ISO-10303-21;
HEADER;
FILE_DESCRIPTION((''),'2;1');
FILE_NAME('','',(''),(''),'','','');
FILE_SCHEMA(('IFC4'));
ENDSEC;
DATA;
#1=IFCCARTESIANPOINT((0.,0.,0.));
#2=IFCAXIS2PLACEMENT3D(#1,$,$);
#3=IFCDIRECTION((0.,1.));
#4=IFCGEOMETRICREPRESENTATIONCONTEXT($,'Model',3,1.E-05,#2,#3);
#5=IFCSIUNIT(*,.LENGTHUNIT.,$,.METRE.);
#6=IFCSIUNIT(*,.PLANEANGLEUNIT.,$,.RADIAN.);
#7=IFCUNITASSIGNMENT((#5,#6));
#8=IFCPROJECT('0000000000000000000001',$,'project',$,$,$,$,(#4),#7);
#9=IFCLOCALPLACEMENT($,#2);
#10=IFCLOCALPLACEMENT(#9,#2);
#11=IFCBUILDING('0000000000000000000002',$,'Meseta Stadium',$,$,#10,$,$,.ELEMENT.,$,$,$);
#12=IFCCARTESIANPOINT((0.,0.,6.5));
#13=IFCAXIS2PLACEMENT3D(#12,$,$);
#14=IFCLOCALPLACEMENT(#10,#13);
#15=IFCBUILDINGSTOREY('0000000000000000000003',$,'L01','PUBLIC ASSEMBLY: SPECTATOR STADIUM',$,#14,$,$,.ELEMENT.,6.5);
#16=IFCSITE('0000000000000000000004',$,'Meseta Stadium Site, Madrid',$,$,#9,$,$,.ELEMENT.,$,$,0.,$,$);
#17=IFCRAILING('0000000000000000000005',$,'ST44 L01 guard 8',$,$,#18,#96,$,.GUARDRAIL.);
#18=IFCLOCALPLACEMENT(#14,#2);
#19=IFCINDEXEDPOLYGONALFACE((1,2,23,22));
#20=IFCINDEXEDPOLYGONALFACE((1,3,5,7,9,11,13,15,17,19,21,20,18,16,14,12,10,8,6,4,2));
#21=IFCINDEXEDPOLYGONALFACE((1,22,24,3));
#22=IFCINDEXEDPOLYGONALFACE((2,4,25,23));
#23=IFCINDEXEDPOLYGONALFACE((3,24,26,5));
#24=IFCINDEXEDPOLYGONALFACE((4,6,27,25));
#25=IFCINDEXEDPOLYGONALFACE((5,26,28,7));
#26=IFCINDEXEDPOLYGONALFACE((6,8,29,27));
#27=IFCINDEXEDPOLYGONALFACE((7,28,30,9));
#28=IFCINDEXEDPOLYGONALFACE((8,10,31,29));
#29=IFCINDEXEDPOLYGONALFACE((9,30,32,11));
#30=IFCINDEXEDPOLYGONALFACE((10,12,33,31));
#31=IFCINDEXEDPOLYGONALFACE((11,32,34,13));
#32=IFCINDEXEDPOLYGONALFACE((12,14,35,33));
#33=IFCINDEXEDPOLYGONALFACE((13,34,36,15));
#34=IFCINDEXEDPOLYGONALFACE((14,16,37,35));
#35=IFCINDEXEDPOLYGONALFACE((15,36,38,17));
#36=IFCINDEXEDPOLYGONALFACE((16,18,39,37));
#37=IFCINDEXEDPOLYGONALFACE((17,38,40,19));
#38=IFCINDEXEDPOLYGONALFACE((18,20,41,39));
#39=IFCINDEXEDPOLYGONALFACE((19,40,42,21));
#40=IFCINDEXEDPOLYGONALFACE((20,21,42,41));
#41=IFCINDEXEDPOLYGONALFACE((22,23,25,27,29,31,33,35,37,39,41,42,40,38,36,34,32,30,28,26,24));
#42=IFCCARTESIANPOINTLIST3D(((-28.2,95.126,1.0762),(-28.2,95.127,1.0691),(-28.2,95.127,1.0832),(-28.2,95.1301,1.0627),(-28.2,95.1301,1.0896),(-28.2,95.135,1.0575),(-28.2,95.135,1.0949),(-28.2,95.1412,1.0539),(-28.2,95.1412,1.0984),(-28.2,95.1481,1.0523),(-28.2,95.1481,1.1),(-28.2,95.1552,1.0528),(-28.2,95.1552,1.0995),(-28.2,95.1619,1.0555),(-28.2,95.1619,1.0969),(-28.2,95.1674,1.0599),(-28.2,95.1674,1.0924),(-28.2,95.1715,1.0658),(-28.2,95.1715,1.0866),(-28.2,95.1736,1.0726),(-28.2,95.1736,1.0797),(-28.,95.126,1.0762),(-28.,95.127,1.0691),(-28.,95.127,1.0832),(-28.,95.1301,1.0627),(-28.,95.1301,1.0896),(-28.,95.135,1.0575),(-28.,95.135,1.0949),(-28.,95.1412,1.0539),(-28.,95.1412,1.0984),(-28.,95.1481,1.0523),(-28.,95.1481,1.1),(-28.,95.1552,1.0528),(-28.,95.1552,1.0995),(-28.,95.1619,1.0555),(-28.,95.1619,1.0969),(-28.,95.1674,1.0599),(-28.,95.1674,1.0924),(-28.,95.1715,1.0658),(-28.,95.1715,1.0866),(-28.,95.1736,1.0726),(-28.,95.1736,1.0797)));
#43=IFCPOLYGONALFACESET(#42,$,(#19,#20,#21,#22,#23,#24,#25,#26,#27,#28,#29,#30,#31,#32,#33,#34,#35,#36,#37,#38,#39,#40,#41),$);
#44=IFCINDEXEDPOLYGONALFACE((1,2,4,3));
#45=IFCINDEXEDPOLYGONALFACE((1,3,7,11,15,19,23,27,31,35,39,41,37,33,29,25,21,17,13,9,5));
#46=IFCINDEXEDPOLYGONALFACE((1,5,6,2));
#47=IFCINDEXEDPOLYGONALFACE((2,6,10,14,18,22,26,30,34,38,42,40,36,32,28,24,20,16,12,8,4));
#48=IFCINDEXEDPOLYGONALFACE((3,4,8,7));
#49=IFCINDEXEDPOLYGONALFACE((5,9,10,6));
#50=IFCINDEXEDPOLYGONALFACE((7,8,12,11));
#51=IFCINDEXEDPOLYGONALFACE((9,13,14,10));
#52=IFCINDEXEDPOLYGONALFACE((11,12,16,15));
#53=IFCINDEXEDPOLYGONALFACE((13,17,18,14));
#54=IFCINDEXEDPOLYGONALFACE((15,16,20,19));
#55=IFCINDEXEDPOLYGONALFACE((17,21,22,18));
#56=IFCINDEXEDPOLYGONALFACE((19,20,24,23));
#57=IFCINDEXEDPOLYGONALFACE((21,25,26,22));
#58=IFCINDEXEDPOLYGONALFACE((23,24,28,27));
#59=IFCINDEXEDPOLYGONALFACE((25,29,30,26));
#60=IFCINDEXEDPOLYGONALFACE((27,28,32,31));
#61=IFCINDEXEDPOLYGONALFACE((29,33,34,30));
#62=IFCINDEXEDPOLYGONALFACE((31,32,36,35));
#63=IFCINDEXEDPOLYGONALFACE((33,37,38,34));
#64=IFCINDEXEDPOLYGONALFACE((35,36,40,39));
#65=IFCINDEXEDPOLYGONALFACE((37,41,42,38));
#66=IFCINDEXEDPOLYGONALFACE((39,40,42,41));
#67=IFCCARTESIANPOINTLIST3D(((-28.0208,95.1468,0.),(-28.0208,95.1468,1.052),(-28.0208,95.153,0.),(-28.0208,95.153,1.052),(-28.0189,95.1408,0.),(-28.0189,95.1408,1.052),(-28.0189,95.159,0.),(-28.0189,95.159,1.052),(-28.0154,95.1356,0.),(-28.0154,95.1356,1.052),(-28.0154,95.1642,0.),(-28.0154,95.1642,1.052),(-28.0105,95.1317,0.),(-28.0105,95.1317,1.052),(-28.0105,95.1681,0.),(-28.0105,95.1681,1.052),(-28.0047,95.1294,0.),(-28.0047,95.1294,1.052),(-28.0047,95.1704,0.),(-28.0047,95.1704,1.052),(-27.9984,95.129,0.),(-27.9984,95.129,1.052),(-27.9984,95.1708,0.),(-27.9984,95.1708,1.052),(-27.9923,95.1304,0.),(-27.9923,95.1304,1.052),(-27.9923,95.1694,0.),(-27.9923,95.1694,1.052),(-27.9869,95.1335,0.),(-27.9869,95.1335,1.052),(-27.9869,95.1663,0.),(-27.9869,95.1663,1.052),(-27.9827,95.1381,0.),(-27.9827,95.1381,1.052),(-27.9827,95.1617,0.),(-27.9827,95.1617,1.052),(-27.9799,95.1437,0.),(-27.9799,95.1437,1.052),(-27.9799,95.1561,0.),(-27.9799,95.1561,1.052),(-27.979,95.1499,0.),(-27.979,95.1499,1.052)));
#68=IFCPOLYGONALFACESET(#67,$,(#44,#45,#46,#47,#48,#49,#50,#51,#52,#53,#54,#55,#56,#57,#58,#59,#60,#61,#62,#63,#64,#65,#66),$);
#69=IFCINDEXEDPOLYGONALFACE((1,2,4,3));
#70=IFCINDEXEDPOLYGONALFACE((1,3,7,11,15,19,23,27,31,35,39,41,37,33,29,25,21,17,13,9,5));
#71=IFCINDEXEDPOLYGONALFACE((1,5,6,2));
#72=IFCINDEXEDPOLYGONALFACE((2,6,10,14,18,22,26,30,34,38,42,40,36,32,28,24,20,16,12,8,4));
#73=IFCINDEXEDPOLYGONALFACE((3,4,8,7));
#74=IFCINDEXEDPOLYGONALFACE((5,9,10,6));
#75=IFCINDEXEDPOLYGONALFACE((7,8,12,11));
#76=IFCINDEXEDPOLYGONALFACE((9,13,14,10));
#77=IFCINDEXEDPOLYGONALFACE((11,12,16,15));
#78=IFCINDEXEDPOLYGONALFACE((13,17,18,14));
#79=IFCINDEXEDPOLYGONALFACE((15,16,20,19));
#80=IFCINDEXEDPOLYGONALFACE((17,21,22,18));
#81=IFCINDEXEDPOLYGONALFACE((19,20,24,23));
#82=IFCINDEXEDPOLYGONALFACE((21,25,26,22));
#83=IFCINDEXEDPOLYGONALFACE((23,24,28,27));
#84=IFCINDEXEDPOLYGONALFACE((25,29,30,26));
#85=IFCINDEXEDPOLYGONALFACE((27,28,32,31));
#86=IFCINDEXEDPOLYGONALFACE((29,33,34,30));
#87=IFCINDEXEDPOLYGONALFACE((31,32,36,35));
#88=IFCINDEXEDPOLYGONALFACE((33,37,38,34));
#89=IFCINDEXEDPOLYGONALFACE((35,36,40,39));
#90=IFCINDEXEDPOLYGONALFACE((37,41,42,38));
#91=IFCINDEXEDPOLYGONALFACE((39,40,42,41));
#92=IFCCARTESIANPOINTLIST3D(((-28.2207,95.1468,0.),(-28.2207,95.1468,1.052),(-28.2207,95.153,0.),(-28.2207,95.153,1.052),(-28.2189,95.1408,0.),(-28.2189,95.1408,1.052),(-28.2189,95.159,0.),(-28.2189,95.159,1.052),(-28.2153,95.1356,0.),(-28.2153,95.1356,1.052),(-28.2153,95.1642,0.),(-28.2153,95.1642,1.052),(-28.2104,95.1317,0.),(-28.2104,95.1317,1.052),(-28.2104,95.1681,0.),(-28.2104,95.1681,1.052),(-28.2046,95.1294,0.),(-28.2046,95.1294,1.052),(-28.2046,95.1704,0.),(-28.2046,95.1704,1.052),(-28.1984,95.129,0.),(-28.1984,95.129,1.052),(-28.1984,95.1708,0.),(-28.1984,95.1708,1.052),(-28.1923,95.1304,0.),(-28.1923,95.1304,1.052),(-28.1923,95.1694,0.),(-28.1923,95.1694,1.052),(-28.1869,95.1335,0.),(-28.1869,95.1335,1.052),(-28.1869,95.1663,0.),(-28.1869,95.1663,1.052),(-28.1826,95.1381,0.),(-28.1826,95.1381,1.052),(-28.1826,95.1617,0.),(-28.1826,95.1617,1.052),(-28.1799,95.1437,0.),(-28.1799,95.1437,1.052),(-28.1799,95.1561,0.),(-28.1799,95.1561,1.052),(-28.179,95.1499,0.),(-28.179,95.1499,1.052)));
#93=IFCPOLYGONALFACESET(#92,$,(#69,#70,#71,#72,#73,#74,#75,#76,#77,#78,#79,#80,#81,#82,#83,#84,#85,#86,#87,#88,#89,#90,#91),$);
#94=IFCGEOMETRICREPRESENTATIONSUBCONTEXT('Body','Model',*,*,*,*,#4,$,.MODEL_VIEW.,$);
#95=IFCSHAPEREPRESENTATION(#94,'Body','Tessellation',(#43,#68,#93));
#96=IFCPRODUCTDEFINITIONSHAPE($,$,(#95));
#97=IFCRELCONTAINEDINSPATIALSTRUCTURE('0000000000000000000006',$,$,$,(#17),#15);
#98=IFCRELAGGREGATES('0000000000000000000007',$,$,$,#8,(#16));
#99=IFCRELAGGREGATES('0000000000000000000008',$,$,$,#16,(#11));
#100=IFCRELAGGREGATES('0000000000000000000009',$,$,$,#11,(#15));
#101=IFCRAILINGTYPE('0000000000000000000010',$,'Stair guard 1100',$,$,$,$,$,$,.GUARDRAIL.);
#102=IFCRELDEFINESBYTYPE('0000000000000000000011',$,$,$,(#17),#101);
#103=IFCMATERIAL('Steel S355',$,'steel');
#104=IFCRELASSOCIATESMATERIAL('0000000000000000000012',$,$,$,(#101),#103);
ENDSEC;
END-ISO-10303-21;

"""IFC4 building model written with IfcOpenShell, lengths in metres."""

from ifc_helpers import new_model, si_unit, direction, frame, origin, origin_2d, place, context, subcontext, project, spatial, circle, extrude, material, type_object, element, save


model = new_model("IFC4")

# Units and contexts
model_context = context("Model", 3, precision=1e-05, world=origin(), true_north=direction((0.0, 1.0)))
body_context = subcontext(model_context, "Body", "Model", "MODEL_VIEW")
ifc_project = project(units=[si_unit("LENGTHUNIT", "METRE"), si_unit("PLANEANGLEUNIT", "RADIAN")], contexts=[model_context])

# Site, building, storey
site_placement = place(None, origin())
site = spatial("IfcSite", under=ifc_project, at=site_placement, Name="Meseta Stadium Site, Madrid", CompositionType="ELEMENT", RefElevation=0.0)
building_placement = place(site_placement, origin())
building = spatial("IfcBuilding", under=site, at=building_placement, Name="Meseta Stadium", CompositionType="ELEMENT")
storey_placement = place(building_placement, frame((0.0, 0.0, 6.5)))
storey = spatial("IfcBuildingStorey", under=building, at=storey_placement, Name="L01", Description="PUBLIC ASSEMBLY: SPECTATOR STADIUM", CompositionType="ELEMENT", Elevation=6.5)

# Railing
ifc_material_1 = material(Name="Steel S355", Category="steel")
railing_type_1 = type_object("IfcRailingType", Name="Stair guard 1100", PredefinedType="GUARDRAIL", material=ifc_material_1)
railing_1_placement = place(storey_placement, frame((-28.0, 95.1499, 0.0)))
element("IfcRailing", 1, at=railing_1_placement, inside=storey, type_object=railing_type_1, Name="ST44 L01 guard 8", PredefinedType="GUARDRAIL", context=body_context, shape_type="SweptSolid", body=[
    extrude(circle(Radius=0.0239, at=origin_2d()), frame((0.0, 0.0, 1.0762), z_axis=(-1.0, 0.0, 0.0), x_axis=(0.0, -1.0, 0.0)), (0.0, 0.0, 1.0), 0.2),
    extrude(circle(Radius=0.021, at=origin_2d()), origin(), (0.0, 0.0, 1.0), 1.052),
    extrude(circle(Radius=0.021, at=origin_2d()), frame((-0.2, 0.0, 0.0)), (0.0, 0.0, 1.0), 1.052),
])

save(model, "model.ifc")
